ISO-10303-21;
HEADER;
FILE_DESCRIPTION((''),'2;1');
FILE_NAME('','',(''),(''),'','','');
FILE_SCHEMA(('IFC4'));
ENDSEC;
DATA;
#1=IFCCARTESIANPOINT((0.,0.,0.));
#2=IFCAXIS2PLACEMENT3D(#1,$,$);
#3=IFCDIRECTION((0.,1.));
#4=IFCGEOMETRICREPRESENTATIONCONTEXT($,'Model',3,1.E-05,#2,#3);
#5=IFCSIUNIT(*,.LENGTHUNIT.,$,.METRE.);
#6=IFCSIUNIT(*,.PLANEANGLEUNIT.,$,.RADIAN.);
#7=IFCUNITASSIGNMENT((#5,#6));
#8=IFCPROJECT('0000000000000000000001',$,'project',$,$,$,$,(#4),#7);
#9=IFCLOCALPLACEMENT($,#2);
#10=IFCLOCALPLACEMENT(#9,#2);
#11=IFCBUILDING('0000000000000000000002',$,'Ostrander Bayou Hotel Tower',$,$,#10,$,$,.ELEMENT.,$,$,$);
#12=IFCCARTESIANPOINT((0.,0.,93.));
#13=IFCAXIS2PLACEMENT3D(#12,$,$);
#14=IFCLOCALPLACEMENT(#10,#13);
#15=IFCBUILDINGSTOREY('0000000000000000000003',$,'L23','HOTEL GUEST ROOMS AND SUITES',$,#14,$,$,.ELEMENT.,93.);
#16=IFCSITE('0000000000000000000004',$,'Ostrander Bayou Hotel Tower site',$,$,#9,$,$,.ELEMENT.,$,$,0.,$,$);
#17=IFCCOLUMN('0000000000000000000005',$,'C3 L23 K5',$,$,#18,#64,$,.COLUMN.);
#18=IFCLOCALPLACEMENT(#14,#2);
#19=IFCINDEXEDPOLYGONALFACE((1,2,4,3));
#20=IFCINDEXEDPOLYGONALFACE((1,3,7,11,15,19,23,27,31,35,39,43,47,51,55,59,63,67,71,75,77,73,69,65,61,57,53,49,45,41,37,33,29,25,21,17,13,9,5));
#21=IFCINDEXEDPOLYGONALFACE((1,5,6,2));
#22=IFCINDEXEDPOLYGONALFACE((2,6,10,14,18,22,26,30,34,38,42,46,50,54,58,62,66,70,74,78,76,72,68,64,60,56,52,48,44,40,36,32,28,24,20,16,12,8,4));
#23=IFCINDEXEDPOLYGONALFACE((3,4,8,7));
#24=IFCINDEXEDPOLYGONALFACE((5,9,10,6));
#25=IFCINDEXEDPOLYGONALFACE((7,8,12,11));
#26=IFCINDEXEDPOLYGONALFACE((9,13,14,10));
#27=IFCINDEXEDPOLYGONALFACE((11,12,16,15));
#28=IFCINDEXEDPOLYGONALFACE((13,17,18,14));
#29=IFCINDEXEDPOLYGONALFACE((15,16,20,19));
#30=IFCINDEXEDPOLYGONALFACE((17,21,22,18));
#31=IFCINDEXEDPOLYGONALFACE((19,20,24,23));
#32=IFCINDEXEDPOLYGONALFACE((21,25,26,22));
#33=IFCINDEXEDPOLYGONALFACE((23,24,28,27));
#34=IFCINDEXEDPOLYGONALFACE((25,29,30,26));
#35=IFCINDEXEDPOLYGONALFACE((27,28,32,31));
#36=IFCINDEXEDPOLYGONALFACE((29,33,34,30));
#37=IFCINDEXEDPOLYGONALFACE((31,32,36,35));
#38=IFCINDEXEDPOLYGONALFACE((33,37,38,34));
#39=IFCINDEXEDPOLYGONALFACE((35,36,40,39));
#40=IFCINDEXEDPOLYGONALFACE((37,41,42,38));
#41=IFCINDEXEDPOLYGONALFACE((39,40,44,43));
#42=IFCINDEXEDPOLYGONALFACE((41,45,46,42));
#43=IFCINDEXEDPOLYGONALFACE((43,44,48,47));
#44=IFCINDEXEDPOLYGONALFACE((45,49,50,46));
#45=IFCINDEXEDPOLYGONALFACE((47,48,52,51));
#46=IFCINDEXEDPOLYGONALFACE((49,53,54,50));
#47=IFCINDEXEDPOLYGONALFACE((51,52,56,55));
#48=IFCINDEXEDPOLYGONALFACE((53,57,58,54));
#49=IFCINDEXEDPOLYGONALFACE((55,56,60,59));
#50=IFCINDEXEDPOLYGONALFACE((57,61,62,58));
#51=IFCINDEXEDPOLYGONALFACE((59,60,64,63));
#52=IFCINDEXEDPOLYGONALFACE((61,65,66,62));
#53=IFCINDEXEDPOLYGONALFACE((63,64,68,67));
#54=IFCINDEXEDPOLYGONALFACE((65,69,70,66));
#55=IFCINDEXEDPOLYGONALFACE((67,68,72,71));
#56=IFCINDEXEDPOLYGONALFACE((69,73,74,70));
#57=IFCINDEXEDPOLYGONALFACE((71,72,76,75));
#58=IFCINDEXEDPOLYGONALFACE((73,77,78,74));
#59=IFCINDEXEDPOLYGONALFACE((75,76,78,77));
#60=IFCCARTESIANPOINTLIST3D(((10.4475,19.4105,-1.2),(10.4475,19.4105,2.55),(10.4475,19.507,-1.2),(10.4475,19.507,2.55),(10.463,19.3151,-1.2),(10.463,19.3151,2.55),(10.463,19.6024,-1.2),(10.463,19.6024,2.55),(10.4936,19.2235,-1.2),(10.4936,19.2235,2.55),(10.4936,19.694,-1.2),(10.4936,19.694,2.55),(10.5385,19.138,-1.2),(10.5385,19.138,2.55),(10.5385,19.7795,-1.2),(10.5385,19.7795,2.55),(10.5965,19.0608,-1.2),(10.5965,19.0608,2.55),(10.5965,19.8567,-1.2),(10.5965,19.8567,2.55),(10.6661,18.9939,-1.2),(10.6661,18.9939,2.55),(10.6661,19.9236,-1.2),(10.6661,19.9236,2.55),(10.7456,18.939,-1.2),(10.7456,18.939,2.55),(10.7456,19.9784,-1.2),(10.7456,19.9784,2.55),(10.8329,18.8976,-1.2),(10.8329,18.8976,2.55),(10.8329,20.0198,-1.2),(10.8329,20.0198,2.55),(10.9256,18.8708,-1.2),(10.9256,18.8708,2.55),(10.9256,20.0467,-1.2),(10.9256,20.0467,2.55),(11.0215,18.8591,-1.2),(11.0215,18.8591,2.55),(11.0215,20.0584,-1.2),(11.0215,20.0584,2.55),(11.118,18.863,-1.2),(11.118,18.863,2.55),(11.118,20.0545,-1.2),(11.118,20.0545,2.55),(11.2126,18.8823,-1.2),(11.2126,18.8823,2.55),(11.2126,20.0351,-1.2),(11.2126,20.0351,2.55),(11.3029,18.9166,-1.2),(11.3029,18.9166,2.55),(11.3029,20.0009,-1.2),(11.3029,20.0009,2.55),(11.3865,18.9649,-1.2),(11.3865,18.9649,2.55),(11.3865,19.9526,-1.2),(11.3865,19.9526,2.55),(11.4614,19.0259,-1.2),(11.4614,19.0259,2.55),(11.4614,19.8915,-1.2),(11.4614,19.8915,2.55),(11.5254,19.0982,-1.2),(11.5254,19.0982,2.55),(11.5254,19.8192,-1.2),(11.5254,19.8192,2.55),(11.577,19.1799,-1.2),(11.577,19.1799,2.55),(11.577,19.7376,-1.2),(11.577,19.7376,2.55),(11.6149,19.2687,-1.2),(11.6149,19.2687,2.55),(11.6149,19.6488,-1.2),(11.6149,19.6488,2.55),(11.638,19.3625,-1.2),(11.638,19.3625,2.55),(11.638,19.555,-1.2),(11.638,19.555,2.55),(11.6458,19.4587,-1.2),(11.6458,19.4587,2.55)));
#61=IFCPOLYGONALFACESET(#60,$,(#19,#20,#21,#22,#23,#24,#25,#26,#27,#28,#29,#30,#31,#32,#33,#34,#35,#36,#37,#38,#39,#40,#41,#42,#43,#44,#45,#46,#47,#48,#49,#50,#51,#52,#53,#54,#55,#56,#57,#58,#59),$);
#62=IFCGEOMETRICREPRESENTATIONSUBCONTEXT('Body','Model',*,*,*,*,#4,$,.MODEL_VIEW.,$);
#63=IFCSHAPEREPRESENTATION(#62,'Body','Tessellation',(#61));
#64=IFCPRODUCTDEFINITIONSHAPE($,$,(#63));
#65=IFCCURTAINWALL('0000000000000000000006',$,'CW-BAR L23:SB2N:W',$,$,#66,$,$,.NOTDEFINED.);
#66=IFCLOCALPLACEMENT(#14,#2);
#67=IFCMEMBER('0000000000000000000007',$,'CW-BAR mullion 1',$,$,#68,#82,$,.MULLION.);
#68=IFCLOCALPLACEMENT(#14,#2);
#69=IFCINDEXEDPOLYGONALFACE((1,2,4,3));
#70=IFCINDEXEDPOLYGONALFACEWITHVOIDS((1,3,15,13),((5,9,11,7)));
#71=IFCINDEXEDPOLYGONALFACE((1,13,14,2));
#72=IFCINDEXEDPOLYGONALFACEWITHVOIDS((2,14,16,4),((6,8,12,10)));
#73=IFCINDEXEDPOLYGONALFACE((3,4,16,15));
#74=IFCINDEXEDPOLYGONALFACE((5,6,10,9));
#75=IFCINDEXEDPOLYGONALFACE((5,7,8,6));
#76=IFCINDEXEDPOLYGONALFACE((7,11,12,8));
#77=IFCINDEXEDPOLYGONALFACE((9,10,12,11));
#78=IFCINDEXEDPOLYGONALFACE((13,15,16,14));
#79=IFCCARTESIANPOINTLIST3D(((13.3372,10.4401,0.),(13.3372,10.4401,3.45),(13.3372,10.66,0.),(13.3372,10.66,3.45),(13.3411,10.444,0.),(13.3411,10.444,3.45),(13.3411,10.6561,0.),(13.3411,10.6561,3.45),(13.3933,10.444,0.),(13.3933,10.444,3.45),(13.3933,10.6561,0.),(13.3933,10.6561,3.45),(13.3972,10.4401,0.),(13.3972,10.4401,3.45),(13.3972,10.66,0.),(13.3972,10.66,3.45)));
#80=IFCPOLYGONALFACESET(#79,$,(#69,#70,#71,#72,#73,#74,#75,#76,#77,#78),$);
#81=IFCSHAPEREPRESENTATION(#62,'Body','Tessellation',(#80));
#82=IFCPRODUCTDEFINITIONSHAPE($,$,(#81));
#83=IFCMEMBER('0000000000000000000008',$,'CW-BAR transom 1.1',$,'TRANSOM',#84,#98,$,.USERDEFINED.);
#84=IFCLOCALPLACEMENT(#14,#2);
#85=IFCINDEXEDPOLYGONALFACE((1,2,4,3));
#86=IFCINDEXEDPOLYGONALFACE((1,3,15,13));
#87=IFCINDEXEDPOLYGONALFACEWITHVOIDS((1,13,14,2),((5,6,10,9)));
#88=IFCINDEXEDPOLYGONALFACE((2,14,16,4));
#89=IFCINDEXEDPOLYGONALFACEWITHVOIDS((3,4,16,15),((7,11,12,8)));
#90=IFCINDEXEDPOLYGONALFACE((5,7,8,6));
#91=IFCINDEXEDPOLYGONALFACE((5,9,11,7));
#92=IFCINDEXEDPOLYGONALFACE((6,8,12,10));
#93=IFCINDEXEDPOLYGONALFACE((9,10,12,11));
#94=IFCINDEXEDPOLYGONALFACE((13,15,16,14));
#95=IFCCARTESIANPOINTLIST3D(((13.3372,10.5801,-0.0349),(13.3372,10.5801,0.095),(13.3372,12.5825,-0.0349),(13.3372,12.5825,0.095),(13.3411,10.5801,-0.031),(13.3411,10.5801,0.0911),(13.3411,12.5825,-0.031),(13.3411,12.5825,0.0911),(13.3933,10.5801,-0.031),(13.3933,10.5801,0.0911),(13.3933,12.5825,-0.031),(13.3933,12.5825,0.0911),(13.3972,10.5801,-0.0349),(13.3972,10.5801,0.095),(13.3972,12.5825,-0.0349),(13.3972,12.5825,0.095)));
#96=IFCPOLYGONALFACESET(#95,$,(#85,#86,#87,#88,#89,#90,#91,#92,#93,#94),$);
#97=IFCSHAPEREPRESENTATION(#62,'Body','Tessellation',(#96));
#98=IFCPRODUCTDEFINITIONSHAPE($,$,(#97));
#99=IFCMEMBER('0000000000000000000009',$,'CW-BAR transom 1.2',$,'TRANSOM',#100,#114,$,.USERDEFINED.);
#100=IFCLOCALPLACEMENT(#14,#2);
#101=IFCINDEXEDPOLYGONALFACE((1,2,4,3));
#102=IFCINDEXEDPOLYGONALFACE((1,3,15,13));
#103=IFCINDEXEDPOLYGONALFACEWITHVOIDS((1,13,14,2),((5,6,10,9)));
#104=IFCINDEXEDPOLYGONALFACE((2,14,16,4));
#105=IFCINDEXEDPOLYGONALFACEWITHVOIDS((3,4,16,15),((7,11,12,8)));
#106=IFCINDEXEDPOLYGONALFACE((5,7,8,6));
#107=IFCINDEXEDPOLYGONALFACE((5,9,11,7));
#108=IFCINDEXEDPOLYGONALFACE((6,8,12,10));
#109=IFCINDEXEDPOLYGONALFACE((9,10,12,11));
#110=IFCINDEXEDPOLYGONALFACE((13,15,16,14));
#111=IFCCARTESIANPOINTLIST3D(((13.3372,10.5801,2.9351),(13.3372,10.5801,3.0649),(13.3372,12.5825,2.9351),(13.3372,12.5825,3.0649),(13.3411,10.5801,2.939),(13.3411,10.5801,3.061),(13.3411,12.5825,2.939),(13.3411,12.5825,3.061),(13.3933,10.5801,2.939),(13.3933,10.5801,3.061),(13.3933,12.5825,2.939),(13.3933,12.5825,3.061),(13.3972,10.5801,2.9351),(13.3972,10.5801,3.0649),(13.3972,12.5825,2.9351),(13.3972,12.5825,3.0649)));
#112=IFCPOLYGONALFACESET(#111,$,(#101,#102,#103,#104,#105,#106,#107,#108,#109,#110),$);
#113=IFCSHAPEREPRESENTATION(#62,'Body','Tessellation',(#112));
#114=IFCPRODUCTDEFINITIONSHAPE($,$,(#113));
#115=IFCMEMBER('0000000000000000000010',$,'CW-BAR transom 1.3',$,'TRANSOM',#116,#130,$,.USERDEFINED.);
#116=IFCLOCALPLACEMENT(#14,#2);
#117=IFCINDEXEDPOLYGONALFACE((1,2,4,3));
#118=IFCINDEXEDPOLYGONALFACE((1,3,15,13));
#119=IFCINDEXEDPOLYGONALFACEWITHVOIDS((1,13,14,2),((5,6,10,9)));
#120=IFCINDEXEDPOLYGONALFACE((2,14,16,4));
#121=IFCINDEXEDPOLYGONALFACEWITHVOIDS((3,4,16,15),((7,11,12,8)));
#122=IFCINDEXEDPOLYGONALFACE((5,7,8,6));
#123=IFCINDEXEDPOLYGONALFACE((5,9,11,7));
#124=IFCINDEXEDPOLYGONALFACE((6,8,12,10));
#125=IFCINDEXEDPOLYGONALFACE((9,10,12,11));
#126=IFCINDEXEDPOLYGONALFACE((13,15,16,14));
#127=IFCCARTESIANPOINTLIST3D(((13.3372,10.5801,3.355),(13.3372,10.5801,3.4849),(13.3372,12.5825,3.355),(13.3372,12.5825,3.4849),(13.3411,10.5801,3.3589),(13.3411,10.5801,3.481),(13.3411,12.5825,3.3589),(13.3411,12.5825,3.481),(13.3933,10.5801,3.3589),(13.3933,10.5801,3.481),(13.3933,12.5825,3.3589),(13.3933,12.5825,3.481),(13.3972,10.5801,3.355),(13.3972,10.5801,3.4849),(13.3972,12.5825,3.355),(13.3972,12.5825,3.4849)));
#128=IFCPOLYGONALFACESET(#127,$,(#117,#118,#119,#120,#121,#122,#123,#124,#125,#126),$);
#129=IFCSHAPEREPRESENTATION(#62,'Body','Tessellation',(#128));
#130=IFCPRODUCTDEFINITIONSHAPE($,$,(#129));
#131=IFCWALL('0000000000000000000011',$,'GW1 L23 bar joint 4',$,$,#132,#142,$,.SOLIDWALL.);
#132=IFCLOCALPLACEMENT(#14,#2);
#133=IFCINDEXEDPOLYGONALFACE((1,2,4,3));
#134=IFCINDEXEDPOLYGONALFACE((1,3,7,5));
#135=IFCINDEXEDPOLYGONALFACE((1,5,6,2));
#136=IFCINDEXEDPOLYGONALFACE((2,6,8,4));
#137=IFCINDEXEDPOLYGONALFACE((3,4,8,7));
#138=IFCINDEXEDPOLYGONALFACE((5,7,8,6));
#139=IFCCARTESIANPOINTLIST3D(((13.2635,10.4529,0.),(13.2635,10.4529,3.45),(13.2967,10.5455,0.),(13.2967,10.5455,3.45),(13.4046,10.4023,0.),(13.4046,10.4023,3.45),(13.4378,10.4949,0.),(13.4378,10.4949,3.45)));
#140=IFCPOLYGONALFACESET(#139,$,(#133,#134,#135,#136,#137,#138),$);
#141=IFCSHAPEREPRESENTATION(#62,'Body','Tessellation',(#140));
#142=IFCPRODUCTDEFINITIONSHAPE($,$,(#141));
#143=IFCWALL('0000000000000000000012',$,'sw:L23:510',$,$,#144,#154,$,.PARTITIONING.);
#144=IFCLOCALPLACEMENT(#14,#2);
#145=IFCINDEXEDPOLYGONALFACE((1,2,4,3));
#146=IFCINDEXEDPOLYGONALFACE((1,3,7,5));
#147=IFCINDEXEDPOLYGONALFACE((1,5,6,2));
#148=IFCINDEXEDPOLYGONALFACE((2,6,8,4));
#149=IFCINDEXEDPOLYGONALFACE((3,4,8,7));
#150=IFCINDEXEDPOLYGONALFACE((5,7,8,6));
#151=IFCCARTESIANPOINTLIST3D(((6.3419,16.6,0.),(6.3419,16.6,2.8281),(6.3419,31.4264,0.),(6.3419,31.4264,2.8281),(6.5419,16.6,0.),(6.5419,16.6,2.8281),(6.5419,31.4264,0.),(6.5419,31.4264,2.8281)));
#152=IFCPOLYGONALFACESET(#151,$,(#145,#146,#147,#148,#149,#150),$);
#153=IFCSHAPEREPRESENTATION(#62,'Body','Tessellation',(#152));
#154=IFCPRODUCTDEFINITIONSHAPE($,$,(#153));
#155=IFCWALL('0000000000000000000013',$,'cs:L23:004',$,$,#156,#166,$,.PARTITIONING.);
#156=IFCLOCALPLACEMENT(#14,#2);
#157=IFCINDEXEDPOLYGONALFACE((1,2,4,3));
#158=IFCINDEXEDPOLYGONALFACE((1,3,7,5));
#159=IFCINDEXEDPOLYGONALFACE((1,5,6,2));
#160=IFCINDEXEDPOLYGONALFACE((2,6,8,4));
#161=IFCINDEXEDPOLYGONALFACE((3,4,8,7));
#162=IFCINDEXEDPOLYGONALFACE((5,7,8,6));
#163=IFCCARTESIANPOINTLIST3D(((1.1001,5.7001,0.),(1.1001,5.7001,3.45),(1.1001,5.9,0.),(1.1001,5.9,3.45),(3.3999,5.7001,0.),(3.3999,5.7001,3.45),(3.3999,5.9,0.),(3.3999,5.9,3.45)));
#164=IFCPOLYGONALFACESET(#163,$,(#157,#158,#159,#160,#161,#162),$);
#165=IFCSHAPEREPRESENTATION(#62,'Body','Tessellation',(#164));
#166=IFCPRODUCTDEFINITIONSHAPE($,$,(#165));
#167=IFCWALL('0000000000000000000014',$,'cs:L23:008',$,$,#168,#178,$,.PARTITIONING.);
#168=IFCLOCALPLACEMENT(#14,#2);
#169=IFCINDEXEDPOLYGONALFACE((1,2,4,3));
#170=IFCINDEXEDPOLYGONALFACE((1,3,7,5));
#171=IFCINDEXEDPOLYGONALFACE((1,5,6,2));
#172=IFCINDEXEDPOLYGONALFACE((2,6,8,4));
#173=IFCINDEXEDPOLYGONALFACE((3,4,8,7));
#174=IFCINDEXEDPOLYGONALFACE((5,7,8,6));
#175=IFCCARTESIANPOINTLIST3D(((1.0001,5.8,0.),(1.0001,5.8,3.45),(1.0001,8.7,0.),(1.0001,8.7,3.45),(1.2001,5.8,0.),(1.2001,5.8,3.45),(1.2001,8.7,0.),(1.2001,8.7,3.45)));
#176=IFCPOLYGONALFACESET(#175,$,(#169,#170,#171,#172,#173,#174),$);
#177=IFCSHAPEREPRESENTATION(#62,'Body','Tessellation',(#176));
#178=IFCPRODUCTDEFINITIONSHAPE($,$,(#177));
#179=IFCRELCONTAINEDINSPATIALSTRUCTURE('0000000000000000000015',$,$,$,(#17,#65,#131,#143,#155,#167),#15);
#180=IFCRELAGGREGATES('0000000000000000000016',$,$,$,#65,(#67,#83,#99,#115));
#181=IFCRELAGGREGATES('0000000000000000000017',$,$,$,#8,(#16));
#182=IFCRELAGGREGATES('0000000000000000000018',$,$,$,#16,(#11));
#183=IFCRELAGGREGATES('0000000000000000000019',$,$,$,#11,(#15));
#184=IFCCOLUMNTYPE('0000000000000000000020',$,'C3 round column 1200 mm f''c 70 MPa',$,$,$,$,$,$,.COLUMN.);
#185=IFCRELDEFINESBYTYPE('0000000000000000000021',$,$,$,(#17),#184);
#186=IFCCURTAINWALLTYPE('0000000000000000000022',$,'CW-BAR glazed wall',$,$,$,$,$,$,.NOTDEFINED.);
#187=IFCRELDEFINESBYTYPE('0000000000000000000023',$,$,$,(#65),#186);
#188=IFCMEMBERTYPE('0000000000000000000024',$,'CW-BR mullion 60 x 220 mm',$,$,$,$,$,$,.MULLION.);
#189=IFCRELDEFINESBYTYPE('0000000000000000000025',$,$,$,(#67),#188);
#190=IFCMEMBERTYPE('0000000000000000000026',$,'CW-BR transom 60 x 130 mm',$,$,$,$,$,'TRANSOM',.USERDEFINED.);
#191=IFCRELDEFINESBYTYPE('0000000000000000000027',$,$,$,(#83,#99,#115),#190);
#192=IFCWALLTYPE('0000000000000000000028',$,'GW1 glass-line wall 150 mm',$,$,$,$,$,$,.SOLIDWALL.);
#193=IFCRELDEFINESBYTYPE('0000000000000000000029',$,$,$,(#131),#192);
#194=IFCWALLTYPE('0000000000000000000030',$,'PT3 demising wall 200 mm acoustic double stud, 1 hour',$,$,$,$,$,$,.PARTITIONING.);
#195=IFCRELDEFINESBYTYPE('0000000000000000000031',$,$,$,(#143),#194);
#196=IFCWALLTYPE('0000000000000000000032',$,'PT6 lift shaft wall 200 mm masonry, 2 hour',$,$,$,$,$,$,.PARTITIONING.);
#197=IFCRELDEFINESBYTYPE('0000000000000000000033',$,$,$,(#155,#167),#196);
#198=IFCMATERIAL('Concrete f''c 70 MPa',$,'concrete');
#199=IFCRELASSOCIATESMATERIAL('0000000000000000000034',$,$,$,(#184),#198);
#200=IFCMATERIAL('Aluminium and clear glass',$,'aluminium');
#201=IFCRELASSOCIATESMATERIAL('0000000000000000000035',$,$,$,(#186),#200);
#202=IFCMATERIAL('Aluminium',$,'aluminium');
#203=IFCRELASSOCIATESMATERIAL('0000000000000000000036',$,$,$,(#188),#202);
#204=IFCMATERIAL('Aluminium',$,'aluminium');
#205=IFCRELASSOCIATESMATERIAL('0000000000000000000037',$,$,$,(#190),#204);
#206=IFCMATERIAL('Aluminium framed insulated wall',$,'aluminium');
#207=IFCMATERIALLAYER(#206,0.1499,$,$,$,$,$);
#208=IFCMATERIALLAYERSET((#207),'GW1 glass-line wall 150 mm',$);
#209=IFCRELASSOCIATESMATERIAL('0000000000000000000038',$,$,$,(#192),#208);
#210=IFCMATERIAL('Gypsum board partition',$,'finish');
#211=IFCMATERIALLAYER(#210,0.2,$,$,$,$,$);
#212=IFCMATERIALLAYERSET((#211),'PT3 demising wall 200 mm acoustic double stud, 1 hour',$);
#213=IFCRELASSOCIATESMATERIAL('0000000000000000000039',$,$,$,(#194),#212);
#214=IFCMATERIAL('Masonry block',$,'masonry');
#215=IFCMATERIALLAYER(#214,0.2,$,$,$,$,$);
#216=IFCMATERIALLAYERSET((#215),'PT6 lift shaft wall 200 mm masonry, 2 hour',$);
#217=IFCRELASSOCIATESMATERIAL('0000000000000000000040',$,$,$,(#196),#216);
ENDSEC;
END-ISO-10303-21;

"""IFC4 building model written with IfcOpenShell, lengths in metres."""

from ifc_helpers import new_model, si_unit, direction, frame, frame_2d, origin, origin_2d, place, context, subcontext, project, spatial, rectangle, hollow_rectangle, circle, extrude, material, layer, layer_set, material_profile, profile_set, type_object, element, aggregate, save


model = new_model("IFC4")

# Units and contexts
model_context = context("Model", 3, precision=1e-05, world=origin(), true_north=direction((0.0, 1.0)))
body_context = subcontext(model_context, "Body", "Model", "MODEL_VIEW")
ifc_project = project(units=[si_unit("LENGTHUNIT", "METRE"), si_unit("PLANEANGLEUNIT", "RADIAN")], contexts=[model_context])

# Site, building, storey
site_placement = place(None, origin())
site = spatial("IfcSite", under=ifc_project, at=site_placement, Name="Ostrander Bayou Hotel Tower site", CompositionType="ELEMENT", RefElevation=0.0)
building_placement = place(site_placement, origin())
building = spatial("IfcBuilding", under=site, at=building_placement, Name="Ostrander Bayou Hotel Tower", CompositionType="ELEMENT")
storey_placement = place(building_placement, frame((0.0, 0.0, 93.0)))
storey = spatial("IfcBuildingStorey", under=building, at=storey_placement, Name="L23", Description="HOTEL GUEST ROOMS AND SUITES", CompositionType="ELEMENT", Elevation=93.0)

# Column
ifc_material_1 = material(Name="Concrete f'c 70 MPa", Category="concrete")
ifc_material_profile_1 = material_profile(ifc_material_1, circle(Radius=0.6001, at=origin_2d()))
ifc_profile_set_1 = profile_set([ifc_material_profile_1], Name="Concrete f'c 70 MPa")
column_type = type_object("IfcColumnType", Name="C3 round column 1200 mm f'c 70 MPa", PredefinedType="COLUMN", material=ifc_profile_set_1)
column_placement = place(storey_placement, frame((11.0457, 19.4587, -1.2), z_axis=(0.0, 0.0, 1.0), x_axis=(1.0, 0.0, 0.0)))
element("IfcColumn", 1, at=column_placement, inside=storey, type_object=column_type, Name="C3 L23 K5", PredefinedType="COLUMN", context=body_context, shape_type="SweptSolid", body=[
    extrude(circle(Radius=0.6001, at=origin_2d()), origin(), (0.0, 0.0, 1.0), 3.75),
])

# Curtain wall, members
ifc_material_2 = material(Name="Aluminium and clear glass", Category="aluminium")
curtain_wall_type = type_object("IfcCurtainWallType", Name="CW-BAR glazed wall", PredefinedType="NOTDEFINED", material=ifc_material_2)
curtain_wall_placement = place(storey_placement, origin())
curtain_wall = element("IfcCurtainWall", 2, at=curtain_wall_placement, inside=storey, type_object=curtain_wall_type, Name="CW-BAR L23:SB2N:W", PredefinedType="NOTDEFINED")
ifc_material_3 = material(Name="Aluminium", Category="aluminium")
ifc_material_profile_2 = material_profile(ifc_material_3, hollow_rectangle(XDim=0.0601, YDim=0.22, WallThickness=0.0039, at=origin_2d()))
ifc_profile_set_2 = profile_set([ifc_material_profile_2], Name="Aluminium")
member_type_1 = type_object("IfcMemberType", Name="CW-BR mullion 60 x 220 mm", PredefinedType="MULLION", material=ifc_profile_set_2)
member_1_placement = place(storey_placement, frame((13.3672, 10.55, 0.0), z_axis=(0.0, 0.0, 1.0), x_axis=(-1.0, 0.0, 0.0)))
member_1 = element("IfcMember", 3, at=member_1_placement, type_object=member_type_1, Name="CW-BAR mullion 1", PredefinedType="MULLION", context=body_context, shape_type="SweptSolid", body=[
    extrude(hollow_rectangle(XDim=0.0601, YDim=0.22, WallThickness=0.0039, at=origin_2d()), origin(), (0.0, 0.0, 1.0), 3.45),
])
ifc_material_4 = material(Name="Aluminium", Category="aluminium")
ifc_material_profile_3 = material_profile(ifc_material_4, hollow_rectangle(XDim=0.0601, YDim=0.1299, WallThickness=0.0039, at=origin_2d()))
ifc_profile_set_3 = profile_set([ifc_material_profile_3], Name="Aluminium")
member_type_2 = type_object("IfcMemberType", Name="CW-BR transom 60 x 130 mm", ElementType="TRANSOM", PredefinedType="USERDEFINED", material=ifc_profile_set_3)
member_2_placement = place(storey_placement, frame((13.3672, 10.5801, 0.03), z_axis=(0.0, 1.0, 0.0), x_axis=(-1.0, 0.0, 0.0)))
member_2 = element("IfcMember", 4, at=member_2_placement, type_object=member_type_2, Name="CW-BAR transom 1.1", ObjectType="TRANSOM", PredefinedType="USERDEFINED", context=body_context, shape_type="SweptSolid", body=[
    extrude(hollow_rectangle(XDim=0.0601, YDim=0.1299, WallThickness=0.0039, at=origin_2d()), origin(), (0.0, 0.0, 1.0), 2.0024),
])
member_3_placement = place(storey_placement, frame((13.3672, 10.5801, 3.0), z_axis=(0.0, 1.0, 0.0), x_axis=(-1.0, 0.0, 0.0)))
member_3 = element("IfcMember", 5, at=member_3_placement, type_object=member_type_2, Name="CW-BAR transom 1.2", ObjectType="TRANSOM", PredefinedType="USERDEFINED", context=body_context, shape_type="SweptSolid", body=[
    extrude(hollow_rectangle(XDim=0.0601, YDim=0.1299, WallThickness=0.0039, at=origin_2d()), origin(), (0.0, 0.0, 1.0), 2.0024),
])
member_4_placement = place(storey_placement, frame((13.3672, 10.5801, 3.4199), z_axis=(0.0, 1.0, 0.0), x_axis=(-1.0, 0.0, 0.0)))
member_4 = element("IfcMember", 6, at=member_4_placement, type_object=member_type_2, Name="CW-BAR transom 1.3", ObjectType="TRANSOM", PredefinedType="USERDEFINED", context=body_context, shape_type="SweptSolid", body=[
    extrude(hollow_rectangle(XDim=0.0601, YDim=0.1299, WallThickness=0.0039, at=origin_2d()), origin(), (0.0, 0.0, 1.0), 2.0024),
])
aggregate(curtain_wall, [member_1, member_2, member_3, member_4])

# Walls
ifc_material_5 = material(Name="Aluminium framed insulated wall", Category="aluminium")
ifc_layer_1 = layer(ifc_material_5, 0.1499)
ifc_layer_set_1 = layer_set([ifc_layer_1], Name="GW1 glass-line wall 150 mm")
wall_type_1 = type_object("IfcWallType", Name="GW1 glass-line wall 150 mm", PredefinedType="SOLIDWALL", material=ifc_layer_set_1)
wall_1_placement = place(storey_placement, frame((13.334, 10.4275, 0.0), z_axis=(0.0, 0.0, 1.0), x_axis=(0.337752, 0.941235, 0.0)))
element("IfcWall", 7, at=wall_1_placement, inside=storey, type_object=wall_type_1, Name="GW1 L23 bar joint 4", PredefinedType="SOLIDWALL", context=body_context, shape_type="SweptSolid", body=[
    extrude(rectangle(XDim=0.0984, YDim=0.1499, at=frame_2d((0.0493, 0.0))), origin(), (0.0, 0.0, 1.0), 3.45),
])
ifc_material_6 = material(Name="Gypsum board partition", Category="finish")
ifc_layer_2 = layer(ifc_material_6, 0.2)
ifc_layer_set_2 = layer_set([ifc_layer_2], Name="PT3 demising wall 200 mm acoustic double stud, 1 hour")
wall_type_2 = type_object("IfcWallType", Name="PT3 demising wall 200 mm acoustic double stud, 1 hour", PredefinedType="PARTITIONING", material=ifc_layer_set_2)
wall_2_placement = place(storey_placement, frame((6.4419, 16.6001, 0.0), z_axis=(0.0, 0.0, 1.0), x_axis=(0.0, 1.0, 0.0)))
element("IfcWall", 8, at=wall_2_placement, inside=storey, type_object=wall_type_2, Name="sw:L23:510", PredefinedType="PARTITIONING", context=body_context, shape_type="SweptSolid", body=[
    extrude(rectangle(XDim=14.8264, YDim=0.2, at=frame_2d((7.4131, 0.0))), origin(), (0.0, 0.0, 1.0), 2.8281),
])

# Walls
ifc_material_7 = material(Name="Masonry block", Category="masonry")
ifc_layer_3 = layer(ifc_material_7, 0.2)
ifc_layer_set_3 = layer_set([ifc_layer_3], Name="PT6 lift shaft wall 200 mm masonry, 2 hour")
wall_type_3 = type_object("IfcWallType", Name="PT6 lift shaft wall 200 mm masonry, 2 hour", PredefinedType="PARTITIONING", material=ifc_layer_set_3)
wall_3_placement = place(storey_placement, frame((1.1001, 5.8, 0.0), z_axis=(0.0, 0.0, 1.0), x_axis=(1.0, 0.0, 0.0)))
element("IfcWall", 9, at=wall_3_placement, inside=storey, type_object=wall_type_3, Name="cs:L23:004", PredefinedType="PARTITIONING", context=body_context, shape_type="SweptSolid", body=[
    extrude(rectangle(XDim=2.2998, YDim=0.2, at=frame_2d((1.1499, 0.0))), origin(), (0.0, 0.0, 1.0), 3.45),
])
wall_4_placement = place(storey_placement, frame((1.1001, 5.8, 0.0), z_axis=(0.0, 0.0, 1.0), x_axis=(0.0, 1.0, 0.0)))
element("IfcWall", 10, at=wall_4_placement, inside=storey, type_object=wall_type_3, Name="cs:L23:008", PredefinedType="PARTITIONING", context=body_context, shape_type="SweptSolid", body=[
    extrude(rectangle(XDim=2.8999, YDim=0.2, at=frame_2d((1.45, 0.0))), origin(), (0.0, 0.0, 1.0), 3.45),
])

save(model, "model.ifc")
